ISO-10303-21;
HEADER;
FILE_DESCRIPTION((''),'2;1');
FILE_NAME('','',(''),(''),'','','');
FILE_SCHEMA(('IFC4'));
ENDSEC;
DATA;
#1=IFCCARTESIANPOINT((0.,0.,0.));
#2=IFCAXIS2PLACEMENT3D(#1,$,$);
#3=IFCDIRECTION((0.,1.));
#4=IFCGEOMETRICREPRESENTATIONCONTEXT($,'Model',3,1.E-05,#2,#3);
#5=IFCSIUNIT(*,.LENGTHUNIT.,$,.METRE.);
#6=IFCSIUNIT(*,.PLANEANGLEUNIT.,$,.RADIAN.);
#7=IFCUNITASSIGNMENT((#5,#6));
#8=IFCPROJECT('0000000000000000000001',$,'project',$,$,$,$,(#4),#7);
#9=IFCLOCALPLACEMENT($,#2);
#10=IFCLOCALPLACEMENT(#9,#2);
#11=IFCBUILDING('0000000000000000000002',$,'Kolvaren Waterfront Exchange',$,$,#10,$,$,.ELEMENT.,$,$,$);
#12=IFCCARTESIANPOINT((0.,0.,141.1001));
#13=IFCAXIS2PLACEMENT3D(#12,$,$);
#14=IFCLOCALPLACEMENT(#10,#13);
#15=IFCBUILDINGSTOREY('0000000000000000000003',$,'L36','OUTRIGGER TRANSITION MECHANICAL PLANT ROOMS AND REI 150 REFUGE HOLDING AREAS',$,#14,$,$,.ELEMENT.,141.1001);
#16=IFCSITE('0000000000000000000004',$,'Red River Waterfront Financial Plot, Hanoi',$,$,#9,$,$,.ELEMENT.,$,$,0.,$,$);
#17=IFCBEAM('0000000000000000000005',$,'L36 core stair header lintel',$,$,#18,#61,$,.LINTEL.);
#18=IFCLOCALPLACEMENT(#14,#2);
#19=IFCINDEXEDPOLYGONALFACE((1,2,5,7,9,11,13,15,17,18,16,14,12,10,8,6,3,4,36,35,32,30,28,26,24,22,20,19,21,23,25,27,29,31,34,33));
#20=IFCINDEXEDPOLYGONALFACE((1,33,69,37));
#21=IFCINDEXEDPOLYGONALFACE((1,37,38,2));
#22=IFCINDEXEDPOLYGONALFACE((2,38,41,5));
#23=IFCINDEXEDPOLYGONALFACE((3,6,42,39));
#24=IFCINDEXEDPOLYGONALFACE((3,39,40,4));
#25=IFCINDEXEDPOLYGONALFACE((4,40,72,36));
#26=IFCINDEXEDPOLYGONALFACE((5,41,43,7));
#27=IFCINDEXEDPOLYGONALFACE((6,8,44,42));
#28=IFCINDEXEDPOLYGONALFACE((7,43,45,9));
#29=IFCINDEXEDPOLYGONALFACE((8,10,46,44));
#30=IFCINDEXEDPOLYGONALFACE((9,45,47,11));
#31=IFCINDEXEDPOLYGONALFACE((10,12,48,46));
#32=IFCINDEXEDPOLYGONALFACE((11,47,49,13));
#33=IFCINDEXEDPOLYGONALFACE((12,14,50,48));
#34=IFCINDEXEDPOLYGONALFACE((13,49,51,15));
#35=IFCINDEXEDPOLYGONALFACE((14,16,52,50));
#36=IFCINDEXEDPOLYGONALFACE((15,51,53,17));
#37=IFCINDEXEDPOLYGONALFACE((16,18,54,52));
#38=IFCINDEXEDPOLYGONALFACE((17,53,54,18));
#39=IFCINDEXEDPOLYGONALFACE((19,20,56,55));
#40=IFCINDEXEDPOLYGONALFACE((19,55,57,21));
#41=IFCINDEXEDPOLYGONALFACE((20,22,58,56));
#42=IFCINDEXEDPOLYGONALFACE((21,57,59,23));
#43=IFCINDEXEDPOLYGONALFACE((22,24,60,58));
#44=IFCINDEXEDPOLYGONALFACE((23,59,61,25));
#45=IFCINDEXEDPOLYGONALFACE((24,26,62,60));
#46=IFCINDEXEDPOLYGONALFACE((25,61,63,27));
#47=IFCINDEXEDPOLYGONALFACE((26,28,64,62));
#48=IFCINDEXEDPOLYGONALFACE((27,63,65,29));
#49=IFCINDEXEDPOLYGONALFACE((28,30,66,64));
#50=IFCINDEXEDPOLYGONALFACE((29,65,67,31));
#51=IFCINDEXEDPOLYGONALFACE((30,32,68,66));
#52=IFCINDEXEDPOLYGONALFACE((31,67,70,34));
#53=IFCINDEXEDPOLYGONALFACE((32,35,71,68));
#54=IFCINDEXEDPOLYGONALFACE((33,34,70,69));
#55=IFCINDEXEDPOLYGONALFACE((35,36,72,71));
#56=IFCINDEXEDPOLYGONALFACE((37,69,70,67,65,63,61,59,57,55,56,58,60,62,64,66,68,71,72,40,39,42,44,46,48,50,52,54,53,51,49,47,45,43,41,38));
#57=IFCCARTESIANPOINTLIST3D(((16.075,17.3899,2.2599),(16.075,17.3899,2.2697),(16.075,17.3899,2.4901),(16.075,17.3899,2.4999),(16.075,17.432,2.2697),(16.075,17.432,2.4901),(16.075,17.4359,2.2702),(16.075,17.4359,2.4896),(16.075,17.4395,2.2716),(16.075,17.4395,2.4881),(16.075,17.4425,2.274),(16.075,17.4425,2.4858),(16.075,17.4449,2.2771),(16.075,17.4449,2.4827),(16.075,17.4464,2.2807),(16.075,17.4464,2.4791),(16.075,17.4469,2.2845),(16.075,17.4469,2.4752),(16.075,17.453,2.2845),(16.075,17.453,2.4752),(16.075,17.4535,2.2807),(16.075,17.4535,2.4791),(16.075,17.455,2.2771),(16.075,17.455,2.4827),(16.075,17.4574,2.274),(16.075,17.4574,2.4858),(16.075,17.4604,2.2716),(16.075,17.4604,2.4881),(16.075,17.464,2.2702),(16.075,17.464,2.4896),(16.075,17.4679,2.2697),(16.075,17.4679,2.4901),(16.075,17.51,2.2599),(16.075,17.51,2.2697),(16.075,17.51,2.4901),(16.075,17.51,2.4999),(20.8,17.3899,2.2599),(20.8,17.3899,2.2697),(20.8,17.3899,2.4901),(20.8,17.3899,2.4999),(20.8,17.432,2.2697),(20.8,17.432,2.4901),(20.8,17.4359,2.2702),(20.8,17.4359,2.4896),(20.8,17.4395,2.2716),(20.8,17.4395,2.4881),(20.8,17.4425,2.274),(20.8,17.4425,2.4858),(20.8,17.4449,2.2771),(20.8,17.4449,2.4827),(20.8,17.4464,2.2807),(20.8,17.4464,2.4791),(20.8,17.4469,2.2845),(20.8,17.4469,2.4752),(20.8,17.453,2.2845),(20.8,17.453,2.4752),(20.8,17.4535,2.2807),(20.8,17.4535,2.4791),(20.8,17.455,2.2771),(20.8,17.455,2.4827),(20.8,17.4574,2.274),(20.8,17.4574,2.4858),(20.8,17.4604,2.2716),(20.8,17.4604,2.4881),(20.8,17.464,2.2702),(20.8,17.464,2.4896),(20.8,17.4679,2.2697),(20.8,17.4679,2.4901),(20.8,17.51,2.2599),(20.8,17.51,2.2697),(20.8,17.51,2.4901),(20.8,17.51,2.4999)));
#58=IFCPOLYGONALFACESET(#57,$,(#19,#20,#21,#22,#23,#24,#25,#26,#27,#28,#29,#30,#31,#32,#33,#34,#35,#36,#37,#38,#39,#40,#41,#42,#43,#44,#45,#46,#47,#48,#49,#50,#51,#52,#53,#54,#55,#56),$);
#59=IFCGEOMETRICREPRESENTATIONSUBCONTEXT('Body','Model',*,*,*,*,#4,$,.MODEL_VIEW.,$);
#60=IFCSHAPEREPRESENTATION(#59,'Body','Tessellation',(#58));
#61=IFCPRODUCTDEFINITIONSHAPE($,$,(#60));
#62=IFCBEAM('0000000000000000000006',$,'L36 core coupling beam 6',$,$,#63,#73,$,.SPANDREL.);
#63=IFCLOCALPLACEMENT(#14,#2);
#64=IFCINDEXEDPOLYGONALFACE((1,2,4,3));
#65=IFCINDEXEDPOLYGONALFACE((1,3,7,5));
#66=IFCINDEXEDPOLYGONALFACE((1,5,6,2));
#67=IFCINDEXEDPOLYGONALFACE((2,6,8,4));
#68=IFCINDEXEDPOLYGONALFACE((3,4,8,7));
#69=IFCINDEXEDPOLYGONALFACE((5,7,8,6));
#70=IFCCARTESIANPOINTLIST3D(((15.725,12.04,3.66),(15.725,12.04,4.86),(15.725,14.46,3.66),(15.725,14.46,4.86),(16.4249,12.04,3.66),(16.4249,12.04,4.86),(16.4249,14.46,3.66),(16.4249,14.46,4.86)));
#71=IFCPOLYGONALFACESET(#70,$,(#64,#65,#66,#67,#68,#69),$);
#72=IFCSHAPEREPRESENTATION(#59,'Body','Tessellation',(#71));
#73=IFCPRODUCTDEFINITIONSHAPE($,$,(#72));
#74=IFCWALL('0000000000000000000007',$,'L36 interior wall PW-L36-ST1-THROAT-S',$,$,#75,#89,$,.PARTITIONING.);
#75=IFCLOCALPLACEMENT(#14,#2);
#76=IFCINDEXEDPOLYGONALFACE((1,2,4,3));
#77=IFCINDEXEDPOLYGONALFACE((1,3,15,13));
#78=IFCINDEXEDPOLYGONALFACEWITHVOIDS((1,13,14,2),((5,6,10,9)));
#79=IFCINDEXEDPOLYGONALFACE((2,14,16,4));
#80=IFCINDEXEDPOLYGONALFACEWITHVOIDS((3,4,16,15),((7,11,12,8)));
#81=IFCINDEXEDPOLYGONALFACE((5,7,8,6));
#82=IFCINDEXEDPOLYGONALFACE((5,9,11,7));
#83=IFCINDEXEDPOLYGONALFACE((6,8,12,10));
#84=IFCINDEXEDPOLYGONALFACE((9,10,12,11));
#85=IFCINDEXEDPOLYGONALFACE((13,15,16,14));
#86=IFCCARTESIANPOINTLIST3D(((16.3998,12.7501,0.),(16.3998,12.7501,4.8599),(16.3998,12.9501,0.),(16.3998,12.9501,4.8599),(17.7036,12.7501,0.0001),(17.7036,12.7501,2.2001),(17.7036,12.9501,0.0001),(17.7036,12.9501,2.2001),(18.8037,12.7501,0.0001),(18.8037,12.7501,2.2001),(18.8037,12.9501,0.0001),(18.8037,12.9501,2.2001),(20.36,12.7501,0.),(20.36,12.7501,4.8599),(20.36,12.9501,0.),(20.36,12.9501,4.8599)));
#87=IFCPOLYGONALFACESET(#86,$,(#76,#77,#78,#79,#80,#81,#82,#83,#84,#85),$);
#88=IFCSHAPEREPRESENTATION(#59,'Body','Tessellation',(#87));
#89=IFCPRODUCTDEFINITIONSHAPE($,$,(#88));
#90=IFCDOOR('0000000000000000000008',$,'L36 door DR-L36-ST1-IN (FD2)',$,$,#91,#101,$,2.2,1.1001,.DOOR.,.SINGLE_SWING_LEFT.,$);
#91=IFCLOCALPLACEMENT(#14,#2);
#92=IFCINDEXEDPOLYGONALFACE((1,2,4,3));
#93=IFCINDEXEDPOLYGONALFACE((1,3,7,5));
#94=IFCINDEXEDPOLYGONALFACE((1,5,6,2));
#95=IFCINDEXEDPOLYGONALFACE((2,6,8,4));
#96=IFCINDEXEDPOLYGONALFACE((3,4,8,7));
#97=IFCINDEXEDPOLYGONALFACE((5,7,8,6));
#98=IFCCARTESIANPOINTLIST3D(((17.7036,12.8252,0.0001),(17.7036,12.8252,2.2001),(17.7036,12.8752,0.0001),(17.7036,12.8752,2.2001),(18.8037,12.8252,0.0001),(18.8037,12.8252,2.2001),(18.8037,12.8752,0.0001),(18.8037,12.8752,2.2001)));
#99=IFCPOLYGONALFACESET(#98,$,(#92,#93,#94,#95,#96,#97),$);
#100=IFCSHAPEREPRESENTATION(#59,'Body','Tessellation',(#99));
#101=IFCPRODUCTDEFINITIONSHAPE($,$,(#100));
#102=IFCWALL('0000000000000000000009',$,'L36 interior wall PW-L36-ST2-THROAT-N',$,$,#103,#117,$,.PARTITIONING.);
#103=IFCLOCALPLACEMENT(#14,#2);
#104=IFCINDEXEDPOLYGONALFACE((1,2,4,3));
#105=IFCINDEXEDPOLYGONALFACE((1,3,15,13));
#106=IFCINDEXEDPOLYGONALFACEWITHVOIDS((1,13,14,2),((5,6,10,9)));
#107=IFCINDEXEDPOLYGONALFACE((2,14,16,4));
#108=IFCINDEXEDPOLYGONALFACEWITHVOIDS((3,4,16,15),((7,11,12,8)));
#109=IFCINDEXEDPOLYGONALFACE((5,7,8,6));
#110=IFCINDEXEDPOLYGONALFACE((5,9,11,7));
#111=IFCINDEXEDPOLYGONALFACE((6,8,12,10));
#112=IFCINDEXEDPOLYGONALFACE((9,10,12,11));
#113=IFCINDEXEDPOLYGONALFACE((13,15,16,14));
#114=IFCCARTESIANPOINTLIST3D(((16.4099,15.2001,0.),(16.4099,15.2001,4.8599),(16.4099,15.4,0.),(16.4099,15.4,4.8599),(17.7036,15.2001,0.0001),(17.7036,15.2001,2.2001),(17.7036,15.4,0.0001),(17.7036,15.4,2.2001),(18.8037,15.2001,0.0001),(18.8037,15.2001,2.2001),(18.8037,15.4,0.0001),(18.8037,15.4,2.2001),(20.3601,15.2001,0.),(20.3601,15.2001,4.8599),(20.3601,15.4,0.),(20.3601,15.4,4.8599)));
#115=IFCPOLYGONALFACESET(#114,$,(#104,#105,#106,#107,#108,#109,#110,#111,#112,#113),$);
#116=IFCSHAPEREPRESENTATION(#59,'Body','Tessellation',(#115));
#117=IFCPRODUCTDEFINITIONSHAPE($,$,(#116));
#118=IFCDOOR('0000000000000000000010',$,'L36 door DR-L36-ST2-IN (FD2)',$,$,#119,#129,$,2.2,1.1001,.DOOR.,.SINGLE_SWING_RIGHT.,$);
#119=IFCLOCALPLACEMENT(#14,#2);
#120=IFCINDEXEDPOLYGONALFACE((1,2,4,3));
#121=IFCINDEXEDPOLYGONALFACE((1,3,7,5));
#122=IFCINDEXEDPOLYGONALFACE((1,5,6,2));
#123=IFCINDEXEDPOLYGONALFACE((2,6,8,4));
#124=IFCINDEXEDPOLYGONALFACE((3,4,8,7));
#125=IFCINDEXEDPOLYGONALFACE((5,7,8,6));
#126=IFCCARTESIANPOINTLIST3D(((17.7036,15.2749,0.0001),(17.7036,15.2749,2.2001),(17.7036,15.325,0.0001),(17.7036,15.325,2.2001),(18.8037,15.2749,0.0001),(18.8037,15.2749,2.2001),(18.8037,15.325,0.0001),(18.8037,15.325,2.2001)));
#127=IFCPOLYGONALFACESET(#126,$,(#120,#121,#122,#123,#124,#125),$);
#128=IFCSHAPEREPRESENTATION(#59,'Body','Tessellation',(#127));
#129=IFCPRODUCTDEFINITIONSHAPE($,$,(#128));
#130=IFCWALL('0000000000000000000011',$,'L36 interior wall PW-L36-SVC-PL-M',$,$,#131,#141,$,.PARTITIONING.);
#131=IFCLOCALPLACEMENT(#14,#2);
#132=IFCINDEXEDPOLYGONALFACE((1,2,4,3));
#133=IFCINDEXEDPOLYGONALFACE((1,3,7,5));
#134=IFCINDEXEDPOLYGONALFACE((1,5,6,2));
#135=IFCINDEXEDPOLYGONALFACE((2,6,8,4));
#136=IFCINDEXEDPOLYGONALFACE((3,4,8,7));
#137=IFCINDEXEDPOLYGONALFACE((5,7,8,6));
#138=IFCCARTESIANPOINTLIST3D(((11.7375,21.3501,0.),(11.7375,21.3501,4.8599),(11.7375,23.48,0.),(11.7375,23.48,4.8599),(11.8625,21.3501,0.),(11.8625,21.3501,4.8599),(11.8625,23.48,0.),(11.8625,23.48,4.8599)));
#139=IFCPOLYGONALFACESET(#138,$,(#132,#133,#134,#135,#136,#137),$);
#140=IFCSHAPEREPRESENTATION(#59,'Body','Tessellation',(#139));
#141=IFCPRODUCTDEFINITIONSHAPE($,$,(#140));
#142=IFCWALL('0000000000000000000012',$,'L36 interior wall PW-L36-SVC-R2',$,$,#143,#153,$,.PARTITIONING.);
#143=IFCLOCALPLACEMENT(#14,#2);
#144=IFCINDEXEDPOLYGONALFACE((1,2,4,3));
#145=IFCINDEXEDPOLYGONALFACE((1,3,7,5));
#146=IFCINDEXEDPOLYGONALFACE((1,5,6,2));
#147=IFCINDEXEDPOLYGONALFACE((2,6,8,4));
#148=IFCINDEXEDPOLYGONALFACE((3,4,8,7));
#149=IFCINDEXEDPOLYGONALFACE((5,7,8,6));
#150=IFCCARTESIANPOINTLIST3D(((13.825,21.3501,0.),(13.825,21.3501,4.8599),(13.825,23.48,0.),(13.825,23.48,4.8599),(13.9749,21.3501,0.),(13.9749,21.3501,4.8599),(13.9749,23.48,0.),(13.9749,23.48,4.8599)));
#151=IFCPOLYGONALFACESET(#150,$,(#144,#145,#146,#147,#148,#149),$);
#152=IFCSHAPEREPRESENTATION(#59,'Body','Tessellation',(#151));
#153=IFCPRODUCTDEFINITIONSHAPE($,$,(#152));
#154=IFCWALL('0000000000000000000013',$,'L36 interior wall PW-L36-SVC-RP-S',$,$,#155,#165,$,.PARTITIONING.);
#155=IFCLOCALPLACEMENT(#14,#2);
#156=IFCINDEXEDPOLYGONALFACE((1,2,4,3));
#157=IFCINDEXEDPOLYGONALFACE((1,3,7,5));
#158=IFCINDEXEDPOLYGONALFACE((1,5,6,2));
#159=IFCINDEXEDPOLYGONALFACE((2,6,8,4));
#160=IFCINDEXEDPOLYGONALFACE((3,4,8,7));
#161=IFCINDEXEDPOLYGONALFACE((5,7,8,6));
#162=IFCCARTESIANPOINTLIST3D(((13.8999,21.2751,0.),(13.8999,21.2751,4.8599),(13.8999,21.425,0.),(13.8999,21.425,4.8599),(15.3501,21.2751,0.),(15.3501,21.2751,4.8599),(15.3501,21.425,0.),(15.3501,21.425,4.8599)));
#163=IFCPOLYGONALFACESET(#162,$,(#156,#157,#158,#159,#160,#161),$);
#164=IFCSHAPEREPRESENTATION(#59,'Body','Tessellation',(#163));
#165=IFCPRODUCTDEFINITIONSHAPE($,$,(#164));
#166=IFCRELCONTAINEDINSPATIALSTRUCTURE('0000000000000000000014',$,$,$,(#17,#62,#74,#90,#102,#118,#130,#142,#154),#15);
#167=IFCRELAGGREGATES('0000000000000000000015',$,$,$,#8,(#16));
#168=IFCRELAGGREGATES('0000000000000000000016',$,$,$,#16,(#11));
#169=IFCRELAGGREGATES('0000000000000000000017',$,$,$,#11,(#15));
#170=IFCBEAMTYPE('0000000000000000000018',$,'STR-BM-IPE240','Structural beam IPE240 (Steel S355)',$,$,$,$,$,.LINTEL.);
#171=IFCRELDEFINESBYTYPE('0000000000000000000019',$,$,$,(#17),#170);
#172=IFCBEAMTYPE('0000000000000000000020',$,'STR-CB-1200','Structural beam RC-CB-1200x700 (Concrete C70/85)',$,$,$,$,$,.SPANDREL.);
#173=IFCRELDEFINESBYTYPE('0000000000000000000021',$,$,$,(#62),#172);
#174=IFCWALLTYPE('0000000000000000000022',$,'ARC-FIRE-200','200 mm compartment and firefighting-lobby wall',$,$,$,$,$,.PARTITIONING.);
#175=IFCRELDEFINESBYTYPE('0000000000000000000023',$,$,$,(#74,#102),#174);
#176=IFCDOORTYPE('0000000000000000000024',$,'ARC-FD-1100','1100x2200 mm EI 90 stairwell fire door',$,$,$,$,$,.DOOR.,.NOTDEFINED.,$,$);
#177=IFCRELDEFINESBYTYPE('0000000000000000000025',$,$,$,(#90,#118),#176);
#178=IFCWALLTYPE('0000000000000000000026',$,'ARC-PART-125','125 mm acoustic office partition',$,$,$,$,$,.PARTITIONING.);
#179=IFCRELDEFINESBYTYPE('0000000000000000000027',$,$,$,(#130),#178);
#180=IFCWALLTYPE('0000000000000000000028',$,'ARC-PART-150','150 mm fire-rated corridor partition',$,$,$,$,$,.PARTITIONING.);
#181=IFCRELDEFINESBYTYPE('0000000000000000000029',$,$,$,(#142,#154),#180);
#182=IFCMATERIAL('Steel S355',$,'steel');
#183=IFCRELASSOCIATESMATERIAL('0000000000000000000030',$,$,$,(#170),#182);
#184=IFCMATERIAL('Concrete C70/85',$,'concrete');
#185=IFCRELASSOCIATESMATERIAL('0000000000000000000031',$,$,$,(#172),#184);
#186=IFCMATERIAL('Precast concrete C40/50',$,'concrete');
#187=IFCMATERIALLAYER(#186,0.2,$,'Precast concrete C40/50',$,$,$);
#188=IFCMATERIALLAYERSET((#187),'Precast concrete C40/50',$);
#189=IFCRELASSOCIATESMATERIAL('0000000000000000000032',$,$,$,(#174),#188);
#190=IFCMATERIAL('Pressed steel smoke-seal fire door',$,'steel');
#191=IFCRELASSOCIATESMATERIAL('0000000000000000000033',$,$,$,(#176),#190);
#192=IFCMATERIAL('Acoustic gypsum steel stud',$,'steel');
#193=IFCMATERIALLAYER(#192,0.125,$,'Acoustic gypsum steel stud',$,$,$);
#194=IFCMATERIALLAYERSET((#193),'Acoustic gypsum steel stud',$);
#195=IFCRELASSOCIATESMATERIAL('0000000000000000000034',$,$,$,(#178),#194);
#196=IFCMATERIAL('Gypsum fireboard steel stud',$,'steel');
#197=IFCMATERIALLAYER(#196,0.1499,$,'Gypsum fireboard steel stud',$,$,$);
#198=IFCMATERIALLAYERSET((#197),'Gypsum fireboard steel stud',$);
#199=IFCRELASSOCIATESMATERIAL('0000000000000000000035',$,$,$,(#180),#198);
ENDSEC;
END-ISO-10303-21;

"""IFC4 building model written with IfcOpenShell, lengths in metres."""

from ifc_helpers import new_model, si_unit, direction, frame, frame_2d, origin, origin_2d, place, context, subcontext, project, spatial, rectangle, i_section, extrude, material, layer, layer_set, material_profile, profile_set, type_object, element, fill, save


model = new_model("IFC4")

# Units and contexts
model_context = context("Model", 3, precision=1e-05, world=origin(), true_north=direction((0.0, 1.0)))
body_context = subcontext(model_context, "Body", "Model", "MODEL_VIEW")
ifc_project = project(units=[si_unit("LENGTHUNIT", "METRE"), si_unit("PLANEANGLEUNIT", "RADIAN")], contexts=[model_context])

# Site, building, storey
site_placement = place(None, origin())
site = spatial("IfcSite", under=ifc_project, at=site_placement, Name="Red River Waterfront Financial Plot, Hanoi", CompositionType="ELEMENT", RefElevation=0.0)
building_placement = place(site_placement, origin())
building = spatial("IfcBuilding", under=site, at=building_placement, Name="Kolvaren Waterfront Exchange", CompositionType="ELEMENT")
storey_placement = place(building_placement, frame((0.0, 0.0, 141.1001)))
storey = spatial("IfcBuildingStorey", under=building, at=storey_placement, Name="L36", Description="OUTRIGGER TRANSITION MECHANICAL PLANT ROOMS AND REI 150 REFUGE HOLDING AREAS", CompositionType="ELEMENT", Elevation=141.1001)

# Beams
ifc_material_1 = material(Name="Steel S355", Category="steel")
ifc_material_profile_1 = material_profile(ifc_material_1, i_section(OverallWidth=0.1201, OverallDepth=0.24, WebThickness=0.0061, FlangeThickness=0.0098, FilletRadius=0.0149, at=origin_2d()), Name="IPE240")
ifc_profile_set_1 = profile_set([ifc_material_profile_1], Name="Steel S355")
beam_type_1 = type_object("IfcBeamType", Name="STR-BM-IPE240", Description="Structural beam IPE240 (Steel S355)", PredefinedType="LINTEL", material=ifc_profile_set_1)
beam_1_placement = place(storey_placement, frame((16.075, 17.45, 2.3799), z_axis=(1.0, 0.0, 0.0), x_axis=(0.0, 1.0, 0.0)))
element("IfcBeam", 1, at=beam_1_placement, inside=storey, type_object=beam_type_1, Name="L36 core stair header lintel", PredefinedType="LINTEL", context=body_context, shape_type="SweptSolid", body=[
    extrude(i_section(OverallWidth=0.1201, OverallDepth=0.24, WebThickness=0.0061, FlangeThickness=0.0098, FilletRadius=0.0149, at=origin_2d()), origin(), (0.0, 0.0, 1.0), 4.7251),
])
ifc_material_2 = material(Name="Concrete C70/85", Category="concrete")
ifc_material_profile_2 = material_profile(ifc_material_2, rectangle(XDim=0.7, YDim=1.2, at=origin_2d()), Name="RC-CB-1200x700")
ifc_profile_set_2 = profile_set([ifc_material_profile_2], Name="Concrete C70/85")
beam_type_2 = type_object("IfcBeamType", Name="STR-CB-1200", Description="Structural beam RC-CB-1200x700 (Concrete C70/85)", PredefinedType="SPANDREL", material=ifc_profile_set_2)
beam_2_placement = place(storey_placement, frame((16.075, 12.04, 4.26), z_axis=(0.0, 1.0, 0.0), x_axis=(-1.0, 0.0, 0.0)))
element("IfcBeam", 2, at=beam_2_placement, inside=storey, type_object=beam_type_2, Name="L36 core coupling beam 6", PredefinedType="SPANDREL", context=body_context, shape_type="SweptSolid", body=[
    extrude(rectangle(XDim=0.7, YDim=1.2, at=origin_2d()), origin(), (0.0, 0.0, 1.0), 2.4199),
])

# Walls, openings, doors
ifc_material_3 = material(Name="Precast concrete C40/50", Category="concrete")
ifc_layer_1 = layer(ifc_material_3, 0.2, Name="Precast concrete C40/50")
ifc_layer_set_1 = layer_set([ifc_layer_1], Name="Precast concrete C40/50")
wall_type_1 = type_object("IfcWallType", Name="ARC-FIRE-200", Description="200 mm compartment and firefighting-lobby wall", PredefinedType="PARTITIONING", material=ifc_layer_set_1)
wall_1_placement = place(storey_placement, frame((16.3999, 12.8501, 0.0), z_axis=(0.0, 0.0, 1.0), x_axis=(1.0, 0.0, 0.0)))
wall_1 = element("IfcWall", 3, at=wall_1_placement, inside=storey, type_object=wall_type_1, Name="L36 interior wall PW-L36-ST1-THROAT-S", PredefinedType="PARTITIONING", context=body_context, shape_type="SweptSolid", body=[
    extrude(rectangle(XDim=3.9602, YDim=0.2, at=frame_2d((1.98, 0.0))), origin(), (0.0, 0.0, 1.0), 4.8599),
])
opening_1_placement = place(wall_1_placement, frame((1.3037, 0.0, 0.0)))
opening_1 = element("IfcOpeningElement", 4, at=opening_1_placement, cuts=wall_1, PredefinedType="OPENING", context=body_context, shape_type="SweptSolid", body=[
    extrude(rectangle(XDim=1.1001, YDim=2.2, at=frame_2d((0.55, 1.1001))), frame((0.0, 0.1099, 0.0), z_axis=(0.0, -1.0, 0.0), x_axis=(1.0, 0.0, 0.0)), (0.0, 0.0, 1.0), 0.22),
])
ifc_material_4 = material(Name="Pressed steel smoke-seal fire door", Category="steel")
door_type = type_object("IfcDoorType", Name="ARC-FD-1100", Description="1100x2200 mm EI 90 stairwell fire door", OperationType="NOTDEFINED", PredefinedType="DOOR", material=ifc_material_4)
door_1_placement = place(opening_1_placement, frame((1.1001, 0.0, 0.0), z_axis=(0.0, 0.0, 1.0), x_axis=(-1.0, 0.0, 0.0)))
door_1 = element("IfcDoor", 5, at=door_1_placement, inside=storey, type_object=door_type, Name="L36 door DR-L36-ST1-IN (FD2)", OperationType="SINGLE_SWING_LEFT", OverallHeight=2.2, OverallWidth=1.1001, PredefinedType="DOOR", context=body_context, shape_type="SweptSolid", body=[
    extrude(rectangle(XDim=1.1001, YDim=2.2, at=frame_2d((0.55, 1.1001))), frame((0.0, 0.0249, 0.0), z_axis=(0.0, -1.0, 0.0), x_axis=(1.0, 0.0, 0.0)), (0.0, 0.0, 1.0), 0.05),
])
fill(opening_1, door_1)
wall_2_placement = place(storey_placement, frame((16.4099, 15.3, 0.0), z_axis=(0.0, 0.0, 1.0), x_axis=(1.0, 0.0, 0.0)))
wall_2 = element("IfcWall", 6, at=wall_2_placement, inside=storey, type_object=wall_type_1, Name="L36 interior wall PW-L36-ST2-THROAT-N", PredefinedType="PARTITIONING", context=body_context, shape_type="SweptSolid", body=[
    extrude(rectangle(XDim=3.9502, YDim=0.2, at=frame_2d((1.9751, 0.0))), origin(), (0.0, 0.0, 1.0), 4.8599),
])
opening_2_placement = place(wall_2_placement, frame((1.2937, 0.0, 0.0)))
opening_2 = element("IfcOpeningElement", 7, at=opening_2_placement, cuts=wall_2, PredefinedType="OPENING", context=body_context, shape_type="SweptSolid", body=[
    extrude(rectangle(XDim=1.1001, YDim=2.2, at=frame_2d((0.55, 1.1001))), frame((0.0, 0.1099, 0.0), z_axis=(0.0, -1.0, 0.0), x_axis=(1.0, 0.0, 0.0)), (0.0, 0.0, 1.0), 0.22),
])
door_2_placement = place(opening_2_placement, origin())
door_2 = element("IfcDoor", 8, at=door_2_placement, inside=storey, type_object=door_type, Name="L36 door DR-L36-ST2-IN (FD2)", OperationType="SINGLE_SWING_RIGHT", OverallHeight=2.2, OverallWidth=1.1001, PredefinedType="DOOR", context=body_context, shape_type="SweptSolid", body=[
    extrude(rectangle(XDim=1.1001, YDim=2.2, at=frame_2d((0.55, 1.1001))), frame((0.0, 0.0249, 0.0), z_axis=(0.0, -1.0, 0.0), x_axis=(1.0, 0.0, 0.0)), (0.0, 0.0, 1.0), 0.05),
])
fill(opening_2, door_2)

# Walls
ifc_material_5 = material(Name="Acoustic gypsum steel stud", Category="steel")
ifc_layer_2 = layer(ifc_material_5, 0.125, Name="Acoustic gypsum steel stud")
ifc_layer_set_2 = layer_set([ifc_layer_2], Name="Acoustic gypsum steel stud")
wall_type_2 = type_object("IfcWallType", Name="ARC-PART-125", Description="125 mm acoustic office partition", PredefinedType="PARTITIONING", material=ifc_layer_set_2)
wall_3_placement = place(storey_placement, frame((11.8, 21.3501, 0.0), z_axis=(0.0, 0.0, 1.0), x_axis=(0.0, 1.0, 0.0)))
element("IfcWall", 9, at=wall_3_placement, inside=storey, type_object=wall_type_2, Name="L36 interior wall PW-L36-SVC-PL-M", PredefinedType="PARTITIONING", context=body_context, shape_type="SweptSolid", body=[
    extrude(rectangle(XDim=2.1299, YDim=0.125, at=frame_2d((1.0649, 0.0))), origin(), (0.0, 0.0, 1.0), 4.8599),
])
ifc_material_6 = material(Name="Gypsum fireboard steel stud", Category="steel")
ifc_layer_3 = layer(ifc_material_6, 0.1499, Name="Gypsum fireboard steel stud")
ifc_layer_set_3 = layer_set([ifc_layer_3], Name="Gypsum fireboard steel stud")
wall_type_3 = type_object("IfcWallType", Name="ARC-PART-150", Description="150 mm fire-rated corridor partition", PredefinedType="PARTITIONING", material=ifc_layer_set_3)
wall_4_placement = place(storey_placement, frame((13.8999, 21.3501, 0.0), z_axis=(0.0, 0.0, 1.0), x_axis=(0.0, 1.0, 0.0)))
element("IfcWall", 10, at=wall_4_placement, inside=storey, type_object=wall_type_3, Name="L36 interior wall PW-L36-SVC-R2", PredefinedType="PARTITIONING", context=body_context, shape_type="SweptSolid", body=[
    extrude(rectangle(XDim=2.1299, YDim=0.1499, at=frame_2d((1.0649, 0.0))), origin(), (0.0, 0.0, 1.0), 4.8599),
])
wall_5_placement = place(storey_placement, frame((13.8999, 21.3501, 0.0), z_axis=(0.0, 0.0, 1.0), x_axis=(1.0, 0.0, 0.0)))
element("IfcWall", 11, at=wall_5_placement, inside=storey, type_object=wall_type_3, Name="L36 interior wall PW-L36-SVC-RP-S", PredefinedType="PARTITIONING", context=body_context, shape_type="SweptSolid", body=[
    extrude(rectangle(XDim=1.4502, YDim=0.1499, at=frame_2d((0.7251, 0.0))), origin(), (0.0, 0.0, 1.0), 4.8599),
])

save(model, "model.ifc")
